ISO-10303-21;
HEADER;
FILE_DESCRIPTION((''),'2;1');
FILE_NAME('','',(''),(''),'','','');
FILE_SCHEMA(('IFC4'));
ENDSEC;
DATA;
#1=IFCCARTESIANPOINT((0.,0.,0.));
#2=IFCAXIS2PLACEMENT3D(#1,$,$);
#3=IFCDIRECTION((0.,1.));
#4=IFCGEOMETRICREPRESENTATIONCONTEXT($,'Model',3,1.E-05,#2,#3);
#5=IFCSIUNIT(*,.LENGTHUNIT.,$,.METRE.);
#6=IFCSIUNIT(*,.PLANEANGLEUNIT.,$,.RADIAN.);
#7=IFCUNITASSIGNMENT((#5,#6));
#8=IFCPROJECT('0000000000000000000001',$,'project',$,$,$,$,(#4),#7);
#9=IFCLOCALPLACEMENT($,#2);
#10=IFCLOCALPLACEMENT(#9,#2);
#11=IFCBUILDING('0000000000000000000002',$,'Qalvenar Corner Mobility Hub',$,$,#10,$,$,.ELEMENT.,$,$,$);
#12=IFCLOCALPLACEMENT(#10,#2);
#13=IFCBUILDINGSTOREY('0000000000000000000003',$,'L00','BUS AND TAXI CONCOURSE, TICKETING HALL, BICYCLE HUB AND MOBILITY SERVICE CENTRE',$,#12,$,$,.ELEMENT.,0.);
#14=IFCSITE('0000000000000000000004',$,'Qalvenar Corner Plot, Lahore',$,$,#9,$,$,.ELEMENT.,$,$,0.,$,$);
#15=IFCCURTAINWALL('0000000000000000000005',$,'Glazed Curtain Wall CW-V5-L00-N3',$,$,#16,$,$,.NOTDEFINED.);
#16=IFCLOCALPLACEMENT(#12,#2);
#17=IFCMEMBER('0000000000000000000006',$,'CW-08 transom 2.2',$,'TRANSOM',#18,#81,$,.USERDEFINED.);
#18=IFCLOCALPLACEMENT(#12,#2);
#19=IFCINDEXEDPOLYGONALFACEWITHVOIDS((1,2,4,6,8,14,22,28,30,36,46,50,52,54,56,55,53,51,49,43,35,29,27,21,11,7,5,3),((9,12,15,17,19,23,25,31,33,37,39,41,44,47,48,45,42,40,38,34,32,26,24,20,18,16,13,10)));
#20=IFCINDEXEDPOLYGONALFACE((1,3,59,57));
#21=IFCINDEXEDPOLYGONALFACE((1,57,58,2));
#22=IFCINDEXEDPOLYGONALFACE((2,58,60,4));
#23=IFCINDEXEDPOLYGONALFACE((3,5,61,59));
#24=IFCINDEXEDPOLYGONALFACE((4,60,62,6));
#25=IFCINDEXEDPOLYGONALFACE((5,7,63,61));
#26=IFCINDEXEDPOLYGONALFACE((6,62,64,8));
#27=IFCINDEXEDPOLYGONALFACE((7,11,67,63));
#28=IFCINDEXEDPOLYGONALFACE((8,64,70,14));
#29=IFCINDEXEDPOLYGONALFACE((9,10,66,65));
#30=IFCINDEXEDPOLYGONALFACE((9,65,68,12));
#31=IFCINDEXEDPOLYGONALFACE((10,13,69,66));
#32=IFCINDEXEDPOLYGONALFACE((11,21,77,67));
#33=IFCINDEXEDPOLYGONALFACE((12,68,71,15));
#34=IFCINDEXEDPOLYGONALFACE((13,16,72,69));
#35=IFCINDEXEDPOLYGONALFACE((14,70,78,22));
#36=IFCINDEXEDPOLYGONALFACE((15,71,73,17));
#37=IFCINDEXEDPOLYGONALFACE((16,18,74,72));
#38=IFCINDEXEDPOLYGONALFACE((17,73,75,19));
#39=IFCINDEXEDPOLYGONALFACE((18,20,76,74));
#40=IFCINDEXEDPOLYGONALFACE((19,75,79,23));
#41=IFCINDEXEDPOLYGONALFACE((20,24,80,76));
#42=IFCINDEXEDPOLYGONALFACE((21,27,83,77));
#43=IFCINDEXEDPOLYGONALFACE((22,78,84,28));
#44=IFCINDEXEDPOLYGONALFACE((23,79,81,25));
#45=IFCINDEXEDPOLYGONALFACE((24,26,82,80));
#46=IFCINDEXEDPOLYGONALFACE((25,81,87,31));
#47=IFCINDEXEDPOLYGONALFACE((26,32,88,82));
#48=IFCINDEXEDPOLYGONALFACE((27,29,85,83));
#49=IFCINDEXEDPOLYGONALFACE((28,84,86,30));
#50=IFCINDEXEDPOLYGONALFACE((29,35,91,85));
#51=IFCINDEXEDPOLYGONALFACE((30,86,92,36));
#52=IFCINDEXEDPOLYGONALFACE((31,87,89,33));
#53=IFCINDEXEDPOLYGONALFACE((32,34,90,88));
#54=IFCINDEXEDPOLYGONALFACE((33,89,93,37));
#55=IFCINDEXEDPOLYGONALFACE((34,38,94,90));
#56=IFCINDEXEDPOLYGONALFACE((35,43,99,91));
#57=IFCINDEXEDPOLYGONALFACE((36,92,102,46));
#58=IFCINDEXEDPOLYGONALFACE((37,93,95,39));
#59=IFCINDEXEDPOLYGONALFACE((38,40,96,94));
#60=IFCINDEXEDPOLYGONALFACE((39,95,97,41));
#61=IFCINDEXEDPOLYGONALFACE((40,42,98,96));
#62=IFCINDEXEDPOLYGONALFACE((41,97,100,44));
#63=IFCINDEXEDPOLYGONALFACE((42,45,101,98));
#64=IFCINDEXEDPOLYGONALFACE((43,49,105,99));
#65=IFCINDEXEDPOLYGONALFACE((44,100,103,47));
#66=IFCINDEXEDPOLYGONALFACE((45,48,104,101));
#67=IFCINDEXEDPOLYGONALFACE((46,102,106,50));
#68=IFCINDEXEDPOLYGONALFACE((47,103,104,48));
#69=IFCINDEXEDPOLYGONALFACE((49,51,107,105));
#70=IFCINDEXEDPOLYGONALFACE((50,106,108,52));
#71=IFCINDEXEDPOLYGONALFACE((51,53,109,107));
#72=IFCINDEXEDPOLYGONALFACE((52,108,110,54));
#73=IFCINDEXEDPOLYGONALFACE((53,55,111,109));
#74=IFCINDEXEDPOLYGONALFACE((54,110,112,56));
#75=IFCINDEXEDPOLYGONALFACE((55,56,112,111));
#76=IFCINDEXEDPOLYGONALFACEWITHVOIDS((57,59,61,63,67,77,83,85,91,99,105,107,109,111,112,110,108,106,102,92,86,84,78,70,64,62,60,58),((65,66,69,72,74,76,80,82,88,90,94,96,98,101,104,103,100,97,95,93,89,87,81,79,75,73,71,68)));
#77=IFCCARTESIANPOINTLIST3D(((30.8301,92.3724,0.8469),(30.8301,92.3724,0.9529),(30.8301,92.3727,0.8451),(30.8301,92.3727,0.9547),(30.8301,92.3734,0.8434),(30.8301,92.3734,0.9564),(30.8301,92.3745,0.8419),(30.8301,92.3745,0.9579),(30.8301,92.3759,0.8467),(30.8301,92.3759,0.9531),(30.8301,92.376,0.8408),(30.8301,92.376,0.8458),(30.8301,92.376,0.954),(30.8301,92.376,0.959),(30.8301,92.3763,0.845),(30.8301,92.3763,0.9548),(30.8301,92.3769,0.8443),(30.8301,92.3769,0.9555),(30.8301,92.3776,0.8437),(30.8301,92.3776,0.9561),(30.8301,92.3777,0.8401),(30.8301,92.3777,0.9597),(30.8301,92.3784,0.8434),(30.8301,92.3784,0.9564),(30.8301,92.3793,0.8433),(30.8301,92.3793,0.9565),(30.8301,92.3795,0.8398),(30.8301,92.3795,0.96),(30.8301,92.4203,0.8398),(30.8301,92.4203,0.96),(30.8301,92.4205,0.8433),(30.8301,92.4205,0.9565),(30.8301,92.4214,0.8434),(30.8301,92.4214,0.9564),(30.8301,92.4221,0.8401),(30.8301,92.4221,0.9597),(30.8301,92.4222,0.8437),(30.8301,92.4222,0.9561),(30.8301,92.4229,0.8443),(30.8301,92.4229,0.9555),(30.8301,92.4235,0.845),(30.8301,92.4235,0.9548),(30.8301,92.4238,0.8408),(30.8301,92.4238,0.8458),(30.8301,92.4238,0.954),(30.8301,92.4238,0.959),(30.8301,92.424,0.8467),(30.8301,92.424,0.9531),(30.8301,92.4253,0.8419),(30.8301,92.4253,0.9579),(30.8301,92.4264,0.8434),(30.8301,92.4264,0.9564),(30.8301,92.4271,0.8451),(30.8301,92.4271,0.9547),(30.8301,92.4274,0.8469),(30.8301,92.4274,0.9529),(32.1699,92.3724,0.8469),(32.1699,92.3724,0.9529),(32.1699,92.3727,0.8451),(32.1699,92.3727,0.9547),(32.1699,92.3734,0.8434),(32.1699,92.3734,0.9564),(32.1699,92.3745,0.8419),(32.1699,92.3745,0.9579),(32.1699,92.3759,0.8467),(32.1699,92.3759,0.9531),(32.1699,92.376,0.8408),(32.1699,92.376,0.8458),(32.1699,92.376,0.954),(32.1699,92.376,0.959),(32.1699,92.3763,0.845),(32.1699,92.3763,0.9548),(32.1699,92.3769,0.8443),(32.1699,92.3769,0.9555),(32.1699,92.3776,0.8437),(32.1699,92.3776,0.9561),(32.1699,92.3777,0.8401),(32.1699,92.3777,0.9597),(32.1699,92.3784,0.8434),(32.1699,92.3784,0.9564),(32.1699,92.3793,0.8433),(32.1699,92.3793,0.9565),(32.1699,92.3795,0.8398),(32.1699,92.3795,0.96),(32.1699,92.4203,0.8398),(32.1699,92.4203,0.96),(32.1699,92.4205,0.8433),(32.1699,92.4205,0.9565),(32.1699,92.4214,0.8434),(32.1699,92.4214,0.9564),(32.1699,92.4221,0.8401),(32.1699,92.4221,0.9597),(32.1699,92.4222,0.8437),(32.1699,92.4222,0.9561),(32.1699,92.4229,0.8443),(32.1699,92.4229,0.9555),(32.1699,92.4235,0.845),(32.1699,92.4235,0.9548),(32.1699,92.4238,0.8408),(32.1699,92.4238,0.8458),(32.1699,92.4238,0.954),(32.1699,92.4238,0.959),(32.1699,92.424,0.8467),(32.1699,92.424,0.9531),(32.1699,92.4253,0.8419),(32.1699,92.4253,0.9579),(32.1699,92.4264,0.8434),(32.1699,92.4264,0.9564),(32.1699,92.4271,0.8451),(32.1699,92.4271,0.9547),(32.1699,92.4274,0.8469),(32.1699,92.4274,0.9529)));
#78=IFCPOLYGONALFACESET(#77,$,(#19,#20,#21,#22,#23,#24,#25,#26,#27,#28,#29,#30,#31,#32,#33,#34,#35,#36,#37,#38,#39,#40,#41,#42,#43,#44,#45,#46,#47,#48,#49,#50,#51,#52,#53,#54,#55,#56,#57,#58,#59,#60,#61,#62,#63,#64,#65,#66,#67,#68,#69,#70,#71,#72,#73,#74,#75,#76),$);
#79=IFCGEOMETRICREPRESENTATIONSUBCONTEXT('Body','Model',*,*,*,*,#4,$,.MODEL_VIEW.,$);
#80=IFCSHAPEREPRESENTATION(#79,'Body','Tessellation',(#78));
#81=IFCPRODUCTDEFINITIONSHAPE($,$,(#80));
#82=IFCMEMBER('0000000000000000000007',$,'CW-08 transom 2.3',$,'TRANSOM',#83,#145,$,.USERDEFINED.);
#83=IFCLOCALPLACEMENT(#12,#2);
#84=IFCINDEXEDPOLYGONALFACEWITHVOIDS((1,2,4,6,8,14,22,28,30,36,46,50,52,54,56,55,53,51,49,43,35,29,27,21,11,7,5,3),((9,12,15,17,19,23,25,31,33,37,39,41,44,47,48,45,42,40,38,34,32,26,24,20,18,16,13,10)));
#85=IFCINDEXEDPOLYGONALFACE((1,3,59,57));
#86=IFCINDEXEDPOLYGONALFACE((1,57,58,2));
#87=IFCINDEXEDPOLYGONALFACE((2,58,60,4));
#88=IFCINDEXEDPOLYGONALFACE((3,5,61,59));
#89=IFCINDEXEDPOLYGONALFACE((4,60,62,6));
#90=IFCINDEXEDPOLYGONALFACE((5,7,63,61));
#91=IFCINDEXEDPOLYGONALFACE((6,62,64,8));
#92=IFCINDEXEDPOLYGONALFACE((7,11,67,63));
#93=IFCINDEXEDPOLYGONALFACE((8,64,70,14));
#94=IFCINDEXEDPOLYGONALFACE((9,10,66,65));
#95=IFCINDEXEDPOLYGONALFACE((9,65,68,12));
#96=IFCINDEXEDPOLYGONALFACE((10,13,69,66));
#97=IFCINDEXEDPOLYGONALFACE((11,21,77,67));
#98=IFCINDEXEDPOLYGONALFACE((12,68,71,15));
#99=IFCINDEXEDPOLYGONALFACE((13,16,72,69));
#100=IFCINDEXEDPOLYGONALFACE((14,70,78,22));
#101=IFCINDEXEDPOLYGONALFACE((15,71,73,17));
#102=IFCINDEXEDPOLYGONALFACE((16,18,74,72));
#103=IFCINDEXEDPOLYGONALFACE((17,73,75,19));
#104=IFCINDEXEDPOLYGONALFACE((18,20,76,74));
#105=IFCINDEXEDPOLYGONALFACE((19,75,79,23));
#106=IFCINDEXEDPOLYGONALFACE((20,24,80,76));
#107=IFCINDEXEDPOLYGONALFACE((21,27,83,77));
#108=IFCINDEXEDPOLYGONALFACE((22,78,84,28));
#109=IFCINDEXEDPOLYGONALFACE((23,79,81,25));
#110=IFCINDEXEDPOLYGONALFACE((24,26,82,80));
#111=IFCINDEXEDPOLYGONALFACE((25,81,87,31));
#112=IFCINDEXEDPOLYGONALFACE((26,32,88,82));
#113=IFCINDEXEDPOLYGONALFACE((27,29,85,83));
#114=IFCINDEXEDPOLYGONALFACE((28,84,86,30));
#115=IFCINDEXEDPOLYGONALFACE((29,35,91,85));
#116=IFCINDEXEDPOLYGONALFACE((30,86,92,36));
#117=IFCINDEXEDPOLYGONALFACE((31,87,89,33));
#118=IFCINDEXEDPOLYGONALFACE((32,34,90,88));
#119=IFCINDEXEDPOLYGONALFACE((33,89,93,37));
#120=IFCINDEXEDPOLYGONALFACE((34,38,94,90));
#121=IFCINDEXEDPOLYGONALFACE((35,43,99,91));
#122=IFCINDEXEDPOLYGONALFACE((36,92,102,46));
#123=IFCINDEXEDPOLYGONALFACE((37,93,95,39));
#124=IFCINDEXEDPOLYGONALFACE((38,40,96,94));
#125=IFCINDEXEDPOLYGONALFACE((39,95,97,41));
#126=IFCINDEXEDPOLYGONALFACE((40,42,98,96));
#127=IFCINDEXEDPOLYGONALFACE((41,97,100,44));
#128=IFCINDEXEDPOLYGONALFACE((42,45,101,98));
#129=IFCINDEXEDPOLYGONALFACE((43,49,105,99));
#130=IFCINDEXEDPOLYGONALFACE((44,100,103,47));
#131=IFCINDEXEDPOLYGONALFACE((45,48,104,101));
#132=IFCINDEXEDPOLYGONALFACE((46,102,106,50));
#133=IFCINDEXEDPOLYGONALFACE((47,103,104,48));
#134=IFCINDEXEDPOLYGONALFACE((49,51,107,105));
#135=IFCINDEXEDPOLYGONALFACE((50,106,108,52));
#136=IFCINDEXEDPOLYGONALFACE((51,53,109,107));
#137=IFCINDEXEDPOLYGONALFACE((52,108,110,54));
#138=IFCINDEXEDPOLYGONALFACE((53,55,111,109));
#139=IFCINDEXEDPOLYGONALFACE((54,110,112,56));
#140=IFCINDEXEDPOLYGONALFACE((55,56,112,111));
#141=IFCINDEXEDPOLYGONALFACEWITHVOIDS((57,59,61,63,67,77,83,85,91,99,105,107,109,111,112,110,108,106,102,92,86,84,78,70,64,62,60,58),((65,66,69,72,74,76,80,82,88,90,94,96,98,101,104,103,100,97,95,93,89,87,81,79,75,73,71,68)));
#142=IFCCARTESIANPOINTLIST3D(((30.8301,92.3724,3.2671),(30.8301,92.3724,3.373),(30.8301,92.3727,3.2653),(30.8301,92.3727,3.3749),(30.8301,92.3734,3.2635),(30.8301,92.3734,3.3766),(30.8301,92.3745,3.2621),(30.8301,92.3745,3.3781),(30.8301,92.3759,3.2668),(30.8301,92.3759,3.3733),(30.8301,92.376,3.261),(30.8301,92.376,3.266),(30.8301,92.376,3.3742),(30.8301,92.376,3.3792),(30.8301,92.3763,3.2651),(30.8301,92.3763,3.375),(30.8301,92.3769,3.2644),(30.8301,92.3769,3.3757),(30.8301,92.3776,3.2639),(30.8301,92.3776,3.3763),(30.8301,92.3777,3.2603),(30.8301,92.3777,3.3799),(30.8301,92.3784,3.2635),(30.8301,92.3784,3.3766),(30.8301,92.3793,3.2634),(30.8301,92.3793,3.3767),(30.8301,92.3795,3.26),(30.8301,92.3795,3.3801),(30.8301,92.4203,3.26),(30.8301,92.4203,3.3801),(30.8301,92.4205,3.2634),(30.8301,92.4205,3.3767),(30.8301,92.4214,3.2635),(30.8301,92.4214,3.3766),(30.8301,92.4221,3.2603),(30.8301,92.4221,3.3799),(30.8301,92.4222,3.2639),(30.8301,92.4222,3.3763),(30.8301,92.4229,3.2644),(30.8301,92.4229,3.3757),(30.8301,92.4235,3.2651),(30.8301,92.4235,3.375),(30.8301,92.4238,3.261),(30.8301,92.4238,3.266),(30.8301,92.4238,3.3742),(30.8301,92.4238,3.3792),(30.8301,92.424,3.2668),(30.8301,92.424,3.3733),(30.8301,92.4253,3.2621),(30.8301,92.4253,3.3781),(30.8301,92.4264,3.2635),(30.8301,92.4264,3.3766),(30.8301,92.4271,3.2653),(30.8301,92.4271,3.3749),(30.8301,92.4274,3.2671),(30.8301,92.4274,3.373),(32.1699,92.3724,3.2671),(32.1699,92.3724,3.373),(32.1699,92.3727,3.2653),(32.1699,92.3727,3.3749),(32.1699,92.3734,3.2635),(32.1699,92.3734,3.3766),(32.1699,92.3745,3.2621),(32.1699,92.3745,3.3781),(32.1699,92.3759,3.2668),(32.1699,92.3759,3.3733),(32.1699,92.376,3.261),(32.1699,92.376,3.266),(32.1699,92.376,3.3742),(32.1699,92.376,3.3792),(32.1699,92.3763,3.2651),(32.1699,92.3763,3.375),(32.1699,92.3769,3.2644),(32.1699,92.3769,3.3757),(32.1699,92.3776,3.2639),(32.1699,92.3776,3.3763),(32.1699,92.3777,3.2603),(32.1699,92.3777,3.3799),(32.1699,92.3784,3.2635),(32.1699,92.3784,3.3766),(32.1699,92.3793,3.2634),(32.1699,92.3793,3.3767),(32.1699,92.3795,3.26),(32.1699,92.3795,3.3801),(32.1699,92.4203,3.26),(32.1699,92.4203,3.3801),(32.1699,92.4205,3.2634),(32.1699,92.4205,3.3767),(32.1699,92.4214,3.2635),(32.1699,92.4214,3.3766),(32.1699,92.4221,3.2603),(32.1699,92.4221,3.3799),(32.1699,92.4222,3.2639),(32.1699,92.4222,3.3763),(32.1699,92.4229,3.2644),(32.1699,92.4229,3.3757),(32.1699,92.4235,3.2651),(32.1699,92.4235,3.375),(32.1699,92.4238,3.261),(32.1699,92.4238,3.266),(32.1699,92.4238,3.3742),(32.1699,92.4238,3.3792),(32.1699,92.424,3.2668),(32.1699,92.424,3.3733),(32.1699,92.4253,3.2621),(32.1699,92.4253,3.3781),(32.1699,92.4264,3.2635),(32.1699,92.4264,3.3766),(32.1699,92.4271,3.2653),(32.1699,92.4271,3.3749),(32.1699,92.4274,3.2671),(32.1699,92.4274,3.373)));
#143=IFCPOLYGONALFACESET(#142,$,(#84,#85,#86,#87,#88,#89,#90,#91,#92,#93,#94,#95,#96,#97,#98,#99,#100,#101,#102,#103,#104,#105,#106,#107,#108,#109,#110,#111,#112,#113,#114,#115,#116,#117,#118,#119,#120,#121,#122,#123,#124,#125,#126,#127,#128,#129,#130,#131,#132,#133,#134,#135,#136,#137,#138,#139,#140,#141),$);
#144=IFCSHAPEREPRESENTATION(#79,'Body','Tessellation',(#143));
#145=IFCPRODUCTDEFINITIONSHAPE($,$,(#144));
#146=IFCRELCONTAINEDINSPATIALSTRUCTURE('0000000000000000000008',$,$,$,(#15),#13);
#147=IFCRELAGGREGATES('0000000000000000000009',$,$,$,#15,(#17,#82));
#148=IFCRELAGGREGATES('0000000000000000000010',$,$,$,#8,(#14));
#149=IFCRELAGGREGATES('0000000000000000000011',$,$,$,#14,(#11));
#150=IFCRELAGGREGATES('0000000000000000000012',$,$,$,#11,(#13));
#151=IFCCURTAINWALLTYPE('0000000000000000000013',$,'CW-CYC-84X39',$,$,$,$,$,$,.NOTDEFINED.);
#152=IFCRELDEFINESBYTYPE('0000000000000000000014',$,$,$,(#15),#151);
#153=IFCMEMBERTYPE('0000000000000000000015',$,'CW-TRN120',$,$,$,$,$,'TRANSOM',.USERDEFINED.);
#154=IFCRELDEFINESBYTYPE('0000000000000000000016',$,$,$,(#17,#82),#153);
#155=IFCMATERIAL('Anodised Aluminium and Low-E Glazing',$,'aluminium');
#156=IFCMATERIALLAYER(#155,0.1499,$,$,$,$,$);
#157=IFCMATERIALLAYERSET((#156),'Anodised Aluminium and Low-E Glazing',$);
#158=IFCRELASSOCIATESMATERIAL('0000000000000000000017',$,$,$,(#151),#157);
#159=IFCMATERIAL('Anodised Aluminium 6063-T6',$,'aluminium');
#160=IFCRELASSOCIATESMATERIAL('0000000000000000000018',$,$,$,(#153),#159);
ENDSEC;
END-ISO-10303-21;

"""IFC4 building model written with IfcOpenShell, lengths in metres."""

from ifc_helpers import new_model, si_unit, direction, frame, origin, origin_2d, place, context, subcontext, project, spatial, hollow_rectangle, extrude, material, layer, layer_set, material_profile, profile_set, type_object, element, aggregate, save


model = new_model("IFC4")

# Units and contexts
model_context = context("Model", 3, precision=1e-05, world=origin(), true_north=direction((0.0, 1.0)))
body_context = subcontext(model_context, "Body", "Model", "MODEL_VIEW")
ifc_project = project(units=[si_unit("LENGTHUNIT", "METRE"), si_unit("PLANEANGLEUNIT", "RADIAN")], contexts=[model_context])

# Site, building, storey
site_placement = place(None, origin())
site = spatial("IfcSite", under=ifc_project, at=site_placement, Name="Qalvenar Corner Plot, Lahore", CompositionType="ELEMENT", RefElevation=0.0)
building_placement = place(site_placement, origin())
building = spatial("IfcBuilding", under=site, at=building_placement, Name="Qalvenar Corner Mobility Hub", CompositionType="ELEMENT")
storey_placement = place(building_placement, origin())
storey = spatial("IfcBuildingStorey", under=building, at=storey_placement, Name="L00", Description="BUS AND TAXI CONCOURSE, TICKETING HALL, BICYCLE HUB AND MOBILITY SERVICE CENTRE", CompositionType="ELEMENT", Elevation=0.0)

# Curtain wall
ifc_material_1 = material(Name="Anodised Aluminium and Low-E Glazing", Category="aluminium")
ifc_layer_1 = layer(ifc_material_1, 0.1499)
ifc_layer_set_1 = layer_set([ifc_layer_1], Name="Anodised Aluminium and Low-E Glazing")
curtain_wall_type = type_object("IfcCurtainWallType", Name="CW-CYC-84X39", PredefinedType="NOTDEFINED", material=ifc_layer_set_1)
ifc_material_2 = material(Name="Anodised Aluminium 6063-T6", Category="aluminium")
curtain_wall_1_placement = place(storey_placement, origin())
curtain_wall_1 = element("IfcCurtainWall", 1, at=curtain_wall_1_placement, inside=storey, type_object=curtain_wall_type, Name="Glazed Curtain Wall CW-V5-L00-N3", PredefinedType="NOTDEFINED")

# Members
ifc_material_profile_1 = material_profile(ifc_material_2, hollow_rectangle(XDim=0.0549, YDim=0.1201, WallThickness=0.0034, InnerFilletRadius=0.0034, OuterFilletRadius=0.0071, at=origin_2d()), Name="RHS120x55x3.5")
ifc_profile_set_1 = profile_set([ifc_material_profile_1], Name="Anodised Aluminium 6063-T6")
member_type_1 = type_object("IfcMemberType", Name="CW-TRN120", ElementType="TRANSOM", PredefinedType="USERDEFINED", material=ifc_profile_set_1)
member_1_placement = place(storey_placement, frame((32.1699, 92.3999, 0.8999), z_axis=(-1.0, 0.0, 0.0), x_axis=(0.0, -1.0, 0.0)))
member_1 = element("IfcMember", 2, at=member_1_placement, type_object=member_type_1, Name="CW-08 transom 2.2", ObjectType="TRANSOM", PredefinedType="USERDEFINED", context=body_context, shape_type="SweptSolid", body=[
    extrude(hollow_rectangle(XDim=0.0549, YDim=0.1201, WallThickness=0.0034, InnerFilletRadius=0.0034, OuterFilletRadius=0.0071, at=origin_2d()), origin(), (0.0, 0.0, 1.0), 1.3398),
])
member_2_placement = place(storey_placement, frame((32.1699, 92.3999, 3.3201), z_axis=(-1.0, 0.0, 0.0), x_axis=(0.0, -1.0, 0.0)))
member_2 = element("IfcMember", 3, at=member_2_placement, type_object=member_type_1, Name="CW-08 transom 2.3", ObjectType="TRANSOM", PredefinedType="USERDEFINED", context=body_context, shape_type="SweptSolid", body=[
    extrude(hollow_rectangle(XDim=0.0549, YDim=0.1201, WallThickness=0.0034, InnerFilletRadius=0.0034, OuterFilletRadius=0.0071, at=origin_2d()), origin(), (0.0, 0.0, 1.0), 1.3398),
])

aggregate(curtain_wall_1, [member_1, member_2])

save(model, "model.ifc")
